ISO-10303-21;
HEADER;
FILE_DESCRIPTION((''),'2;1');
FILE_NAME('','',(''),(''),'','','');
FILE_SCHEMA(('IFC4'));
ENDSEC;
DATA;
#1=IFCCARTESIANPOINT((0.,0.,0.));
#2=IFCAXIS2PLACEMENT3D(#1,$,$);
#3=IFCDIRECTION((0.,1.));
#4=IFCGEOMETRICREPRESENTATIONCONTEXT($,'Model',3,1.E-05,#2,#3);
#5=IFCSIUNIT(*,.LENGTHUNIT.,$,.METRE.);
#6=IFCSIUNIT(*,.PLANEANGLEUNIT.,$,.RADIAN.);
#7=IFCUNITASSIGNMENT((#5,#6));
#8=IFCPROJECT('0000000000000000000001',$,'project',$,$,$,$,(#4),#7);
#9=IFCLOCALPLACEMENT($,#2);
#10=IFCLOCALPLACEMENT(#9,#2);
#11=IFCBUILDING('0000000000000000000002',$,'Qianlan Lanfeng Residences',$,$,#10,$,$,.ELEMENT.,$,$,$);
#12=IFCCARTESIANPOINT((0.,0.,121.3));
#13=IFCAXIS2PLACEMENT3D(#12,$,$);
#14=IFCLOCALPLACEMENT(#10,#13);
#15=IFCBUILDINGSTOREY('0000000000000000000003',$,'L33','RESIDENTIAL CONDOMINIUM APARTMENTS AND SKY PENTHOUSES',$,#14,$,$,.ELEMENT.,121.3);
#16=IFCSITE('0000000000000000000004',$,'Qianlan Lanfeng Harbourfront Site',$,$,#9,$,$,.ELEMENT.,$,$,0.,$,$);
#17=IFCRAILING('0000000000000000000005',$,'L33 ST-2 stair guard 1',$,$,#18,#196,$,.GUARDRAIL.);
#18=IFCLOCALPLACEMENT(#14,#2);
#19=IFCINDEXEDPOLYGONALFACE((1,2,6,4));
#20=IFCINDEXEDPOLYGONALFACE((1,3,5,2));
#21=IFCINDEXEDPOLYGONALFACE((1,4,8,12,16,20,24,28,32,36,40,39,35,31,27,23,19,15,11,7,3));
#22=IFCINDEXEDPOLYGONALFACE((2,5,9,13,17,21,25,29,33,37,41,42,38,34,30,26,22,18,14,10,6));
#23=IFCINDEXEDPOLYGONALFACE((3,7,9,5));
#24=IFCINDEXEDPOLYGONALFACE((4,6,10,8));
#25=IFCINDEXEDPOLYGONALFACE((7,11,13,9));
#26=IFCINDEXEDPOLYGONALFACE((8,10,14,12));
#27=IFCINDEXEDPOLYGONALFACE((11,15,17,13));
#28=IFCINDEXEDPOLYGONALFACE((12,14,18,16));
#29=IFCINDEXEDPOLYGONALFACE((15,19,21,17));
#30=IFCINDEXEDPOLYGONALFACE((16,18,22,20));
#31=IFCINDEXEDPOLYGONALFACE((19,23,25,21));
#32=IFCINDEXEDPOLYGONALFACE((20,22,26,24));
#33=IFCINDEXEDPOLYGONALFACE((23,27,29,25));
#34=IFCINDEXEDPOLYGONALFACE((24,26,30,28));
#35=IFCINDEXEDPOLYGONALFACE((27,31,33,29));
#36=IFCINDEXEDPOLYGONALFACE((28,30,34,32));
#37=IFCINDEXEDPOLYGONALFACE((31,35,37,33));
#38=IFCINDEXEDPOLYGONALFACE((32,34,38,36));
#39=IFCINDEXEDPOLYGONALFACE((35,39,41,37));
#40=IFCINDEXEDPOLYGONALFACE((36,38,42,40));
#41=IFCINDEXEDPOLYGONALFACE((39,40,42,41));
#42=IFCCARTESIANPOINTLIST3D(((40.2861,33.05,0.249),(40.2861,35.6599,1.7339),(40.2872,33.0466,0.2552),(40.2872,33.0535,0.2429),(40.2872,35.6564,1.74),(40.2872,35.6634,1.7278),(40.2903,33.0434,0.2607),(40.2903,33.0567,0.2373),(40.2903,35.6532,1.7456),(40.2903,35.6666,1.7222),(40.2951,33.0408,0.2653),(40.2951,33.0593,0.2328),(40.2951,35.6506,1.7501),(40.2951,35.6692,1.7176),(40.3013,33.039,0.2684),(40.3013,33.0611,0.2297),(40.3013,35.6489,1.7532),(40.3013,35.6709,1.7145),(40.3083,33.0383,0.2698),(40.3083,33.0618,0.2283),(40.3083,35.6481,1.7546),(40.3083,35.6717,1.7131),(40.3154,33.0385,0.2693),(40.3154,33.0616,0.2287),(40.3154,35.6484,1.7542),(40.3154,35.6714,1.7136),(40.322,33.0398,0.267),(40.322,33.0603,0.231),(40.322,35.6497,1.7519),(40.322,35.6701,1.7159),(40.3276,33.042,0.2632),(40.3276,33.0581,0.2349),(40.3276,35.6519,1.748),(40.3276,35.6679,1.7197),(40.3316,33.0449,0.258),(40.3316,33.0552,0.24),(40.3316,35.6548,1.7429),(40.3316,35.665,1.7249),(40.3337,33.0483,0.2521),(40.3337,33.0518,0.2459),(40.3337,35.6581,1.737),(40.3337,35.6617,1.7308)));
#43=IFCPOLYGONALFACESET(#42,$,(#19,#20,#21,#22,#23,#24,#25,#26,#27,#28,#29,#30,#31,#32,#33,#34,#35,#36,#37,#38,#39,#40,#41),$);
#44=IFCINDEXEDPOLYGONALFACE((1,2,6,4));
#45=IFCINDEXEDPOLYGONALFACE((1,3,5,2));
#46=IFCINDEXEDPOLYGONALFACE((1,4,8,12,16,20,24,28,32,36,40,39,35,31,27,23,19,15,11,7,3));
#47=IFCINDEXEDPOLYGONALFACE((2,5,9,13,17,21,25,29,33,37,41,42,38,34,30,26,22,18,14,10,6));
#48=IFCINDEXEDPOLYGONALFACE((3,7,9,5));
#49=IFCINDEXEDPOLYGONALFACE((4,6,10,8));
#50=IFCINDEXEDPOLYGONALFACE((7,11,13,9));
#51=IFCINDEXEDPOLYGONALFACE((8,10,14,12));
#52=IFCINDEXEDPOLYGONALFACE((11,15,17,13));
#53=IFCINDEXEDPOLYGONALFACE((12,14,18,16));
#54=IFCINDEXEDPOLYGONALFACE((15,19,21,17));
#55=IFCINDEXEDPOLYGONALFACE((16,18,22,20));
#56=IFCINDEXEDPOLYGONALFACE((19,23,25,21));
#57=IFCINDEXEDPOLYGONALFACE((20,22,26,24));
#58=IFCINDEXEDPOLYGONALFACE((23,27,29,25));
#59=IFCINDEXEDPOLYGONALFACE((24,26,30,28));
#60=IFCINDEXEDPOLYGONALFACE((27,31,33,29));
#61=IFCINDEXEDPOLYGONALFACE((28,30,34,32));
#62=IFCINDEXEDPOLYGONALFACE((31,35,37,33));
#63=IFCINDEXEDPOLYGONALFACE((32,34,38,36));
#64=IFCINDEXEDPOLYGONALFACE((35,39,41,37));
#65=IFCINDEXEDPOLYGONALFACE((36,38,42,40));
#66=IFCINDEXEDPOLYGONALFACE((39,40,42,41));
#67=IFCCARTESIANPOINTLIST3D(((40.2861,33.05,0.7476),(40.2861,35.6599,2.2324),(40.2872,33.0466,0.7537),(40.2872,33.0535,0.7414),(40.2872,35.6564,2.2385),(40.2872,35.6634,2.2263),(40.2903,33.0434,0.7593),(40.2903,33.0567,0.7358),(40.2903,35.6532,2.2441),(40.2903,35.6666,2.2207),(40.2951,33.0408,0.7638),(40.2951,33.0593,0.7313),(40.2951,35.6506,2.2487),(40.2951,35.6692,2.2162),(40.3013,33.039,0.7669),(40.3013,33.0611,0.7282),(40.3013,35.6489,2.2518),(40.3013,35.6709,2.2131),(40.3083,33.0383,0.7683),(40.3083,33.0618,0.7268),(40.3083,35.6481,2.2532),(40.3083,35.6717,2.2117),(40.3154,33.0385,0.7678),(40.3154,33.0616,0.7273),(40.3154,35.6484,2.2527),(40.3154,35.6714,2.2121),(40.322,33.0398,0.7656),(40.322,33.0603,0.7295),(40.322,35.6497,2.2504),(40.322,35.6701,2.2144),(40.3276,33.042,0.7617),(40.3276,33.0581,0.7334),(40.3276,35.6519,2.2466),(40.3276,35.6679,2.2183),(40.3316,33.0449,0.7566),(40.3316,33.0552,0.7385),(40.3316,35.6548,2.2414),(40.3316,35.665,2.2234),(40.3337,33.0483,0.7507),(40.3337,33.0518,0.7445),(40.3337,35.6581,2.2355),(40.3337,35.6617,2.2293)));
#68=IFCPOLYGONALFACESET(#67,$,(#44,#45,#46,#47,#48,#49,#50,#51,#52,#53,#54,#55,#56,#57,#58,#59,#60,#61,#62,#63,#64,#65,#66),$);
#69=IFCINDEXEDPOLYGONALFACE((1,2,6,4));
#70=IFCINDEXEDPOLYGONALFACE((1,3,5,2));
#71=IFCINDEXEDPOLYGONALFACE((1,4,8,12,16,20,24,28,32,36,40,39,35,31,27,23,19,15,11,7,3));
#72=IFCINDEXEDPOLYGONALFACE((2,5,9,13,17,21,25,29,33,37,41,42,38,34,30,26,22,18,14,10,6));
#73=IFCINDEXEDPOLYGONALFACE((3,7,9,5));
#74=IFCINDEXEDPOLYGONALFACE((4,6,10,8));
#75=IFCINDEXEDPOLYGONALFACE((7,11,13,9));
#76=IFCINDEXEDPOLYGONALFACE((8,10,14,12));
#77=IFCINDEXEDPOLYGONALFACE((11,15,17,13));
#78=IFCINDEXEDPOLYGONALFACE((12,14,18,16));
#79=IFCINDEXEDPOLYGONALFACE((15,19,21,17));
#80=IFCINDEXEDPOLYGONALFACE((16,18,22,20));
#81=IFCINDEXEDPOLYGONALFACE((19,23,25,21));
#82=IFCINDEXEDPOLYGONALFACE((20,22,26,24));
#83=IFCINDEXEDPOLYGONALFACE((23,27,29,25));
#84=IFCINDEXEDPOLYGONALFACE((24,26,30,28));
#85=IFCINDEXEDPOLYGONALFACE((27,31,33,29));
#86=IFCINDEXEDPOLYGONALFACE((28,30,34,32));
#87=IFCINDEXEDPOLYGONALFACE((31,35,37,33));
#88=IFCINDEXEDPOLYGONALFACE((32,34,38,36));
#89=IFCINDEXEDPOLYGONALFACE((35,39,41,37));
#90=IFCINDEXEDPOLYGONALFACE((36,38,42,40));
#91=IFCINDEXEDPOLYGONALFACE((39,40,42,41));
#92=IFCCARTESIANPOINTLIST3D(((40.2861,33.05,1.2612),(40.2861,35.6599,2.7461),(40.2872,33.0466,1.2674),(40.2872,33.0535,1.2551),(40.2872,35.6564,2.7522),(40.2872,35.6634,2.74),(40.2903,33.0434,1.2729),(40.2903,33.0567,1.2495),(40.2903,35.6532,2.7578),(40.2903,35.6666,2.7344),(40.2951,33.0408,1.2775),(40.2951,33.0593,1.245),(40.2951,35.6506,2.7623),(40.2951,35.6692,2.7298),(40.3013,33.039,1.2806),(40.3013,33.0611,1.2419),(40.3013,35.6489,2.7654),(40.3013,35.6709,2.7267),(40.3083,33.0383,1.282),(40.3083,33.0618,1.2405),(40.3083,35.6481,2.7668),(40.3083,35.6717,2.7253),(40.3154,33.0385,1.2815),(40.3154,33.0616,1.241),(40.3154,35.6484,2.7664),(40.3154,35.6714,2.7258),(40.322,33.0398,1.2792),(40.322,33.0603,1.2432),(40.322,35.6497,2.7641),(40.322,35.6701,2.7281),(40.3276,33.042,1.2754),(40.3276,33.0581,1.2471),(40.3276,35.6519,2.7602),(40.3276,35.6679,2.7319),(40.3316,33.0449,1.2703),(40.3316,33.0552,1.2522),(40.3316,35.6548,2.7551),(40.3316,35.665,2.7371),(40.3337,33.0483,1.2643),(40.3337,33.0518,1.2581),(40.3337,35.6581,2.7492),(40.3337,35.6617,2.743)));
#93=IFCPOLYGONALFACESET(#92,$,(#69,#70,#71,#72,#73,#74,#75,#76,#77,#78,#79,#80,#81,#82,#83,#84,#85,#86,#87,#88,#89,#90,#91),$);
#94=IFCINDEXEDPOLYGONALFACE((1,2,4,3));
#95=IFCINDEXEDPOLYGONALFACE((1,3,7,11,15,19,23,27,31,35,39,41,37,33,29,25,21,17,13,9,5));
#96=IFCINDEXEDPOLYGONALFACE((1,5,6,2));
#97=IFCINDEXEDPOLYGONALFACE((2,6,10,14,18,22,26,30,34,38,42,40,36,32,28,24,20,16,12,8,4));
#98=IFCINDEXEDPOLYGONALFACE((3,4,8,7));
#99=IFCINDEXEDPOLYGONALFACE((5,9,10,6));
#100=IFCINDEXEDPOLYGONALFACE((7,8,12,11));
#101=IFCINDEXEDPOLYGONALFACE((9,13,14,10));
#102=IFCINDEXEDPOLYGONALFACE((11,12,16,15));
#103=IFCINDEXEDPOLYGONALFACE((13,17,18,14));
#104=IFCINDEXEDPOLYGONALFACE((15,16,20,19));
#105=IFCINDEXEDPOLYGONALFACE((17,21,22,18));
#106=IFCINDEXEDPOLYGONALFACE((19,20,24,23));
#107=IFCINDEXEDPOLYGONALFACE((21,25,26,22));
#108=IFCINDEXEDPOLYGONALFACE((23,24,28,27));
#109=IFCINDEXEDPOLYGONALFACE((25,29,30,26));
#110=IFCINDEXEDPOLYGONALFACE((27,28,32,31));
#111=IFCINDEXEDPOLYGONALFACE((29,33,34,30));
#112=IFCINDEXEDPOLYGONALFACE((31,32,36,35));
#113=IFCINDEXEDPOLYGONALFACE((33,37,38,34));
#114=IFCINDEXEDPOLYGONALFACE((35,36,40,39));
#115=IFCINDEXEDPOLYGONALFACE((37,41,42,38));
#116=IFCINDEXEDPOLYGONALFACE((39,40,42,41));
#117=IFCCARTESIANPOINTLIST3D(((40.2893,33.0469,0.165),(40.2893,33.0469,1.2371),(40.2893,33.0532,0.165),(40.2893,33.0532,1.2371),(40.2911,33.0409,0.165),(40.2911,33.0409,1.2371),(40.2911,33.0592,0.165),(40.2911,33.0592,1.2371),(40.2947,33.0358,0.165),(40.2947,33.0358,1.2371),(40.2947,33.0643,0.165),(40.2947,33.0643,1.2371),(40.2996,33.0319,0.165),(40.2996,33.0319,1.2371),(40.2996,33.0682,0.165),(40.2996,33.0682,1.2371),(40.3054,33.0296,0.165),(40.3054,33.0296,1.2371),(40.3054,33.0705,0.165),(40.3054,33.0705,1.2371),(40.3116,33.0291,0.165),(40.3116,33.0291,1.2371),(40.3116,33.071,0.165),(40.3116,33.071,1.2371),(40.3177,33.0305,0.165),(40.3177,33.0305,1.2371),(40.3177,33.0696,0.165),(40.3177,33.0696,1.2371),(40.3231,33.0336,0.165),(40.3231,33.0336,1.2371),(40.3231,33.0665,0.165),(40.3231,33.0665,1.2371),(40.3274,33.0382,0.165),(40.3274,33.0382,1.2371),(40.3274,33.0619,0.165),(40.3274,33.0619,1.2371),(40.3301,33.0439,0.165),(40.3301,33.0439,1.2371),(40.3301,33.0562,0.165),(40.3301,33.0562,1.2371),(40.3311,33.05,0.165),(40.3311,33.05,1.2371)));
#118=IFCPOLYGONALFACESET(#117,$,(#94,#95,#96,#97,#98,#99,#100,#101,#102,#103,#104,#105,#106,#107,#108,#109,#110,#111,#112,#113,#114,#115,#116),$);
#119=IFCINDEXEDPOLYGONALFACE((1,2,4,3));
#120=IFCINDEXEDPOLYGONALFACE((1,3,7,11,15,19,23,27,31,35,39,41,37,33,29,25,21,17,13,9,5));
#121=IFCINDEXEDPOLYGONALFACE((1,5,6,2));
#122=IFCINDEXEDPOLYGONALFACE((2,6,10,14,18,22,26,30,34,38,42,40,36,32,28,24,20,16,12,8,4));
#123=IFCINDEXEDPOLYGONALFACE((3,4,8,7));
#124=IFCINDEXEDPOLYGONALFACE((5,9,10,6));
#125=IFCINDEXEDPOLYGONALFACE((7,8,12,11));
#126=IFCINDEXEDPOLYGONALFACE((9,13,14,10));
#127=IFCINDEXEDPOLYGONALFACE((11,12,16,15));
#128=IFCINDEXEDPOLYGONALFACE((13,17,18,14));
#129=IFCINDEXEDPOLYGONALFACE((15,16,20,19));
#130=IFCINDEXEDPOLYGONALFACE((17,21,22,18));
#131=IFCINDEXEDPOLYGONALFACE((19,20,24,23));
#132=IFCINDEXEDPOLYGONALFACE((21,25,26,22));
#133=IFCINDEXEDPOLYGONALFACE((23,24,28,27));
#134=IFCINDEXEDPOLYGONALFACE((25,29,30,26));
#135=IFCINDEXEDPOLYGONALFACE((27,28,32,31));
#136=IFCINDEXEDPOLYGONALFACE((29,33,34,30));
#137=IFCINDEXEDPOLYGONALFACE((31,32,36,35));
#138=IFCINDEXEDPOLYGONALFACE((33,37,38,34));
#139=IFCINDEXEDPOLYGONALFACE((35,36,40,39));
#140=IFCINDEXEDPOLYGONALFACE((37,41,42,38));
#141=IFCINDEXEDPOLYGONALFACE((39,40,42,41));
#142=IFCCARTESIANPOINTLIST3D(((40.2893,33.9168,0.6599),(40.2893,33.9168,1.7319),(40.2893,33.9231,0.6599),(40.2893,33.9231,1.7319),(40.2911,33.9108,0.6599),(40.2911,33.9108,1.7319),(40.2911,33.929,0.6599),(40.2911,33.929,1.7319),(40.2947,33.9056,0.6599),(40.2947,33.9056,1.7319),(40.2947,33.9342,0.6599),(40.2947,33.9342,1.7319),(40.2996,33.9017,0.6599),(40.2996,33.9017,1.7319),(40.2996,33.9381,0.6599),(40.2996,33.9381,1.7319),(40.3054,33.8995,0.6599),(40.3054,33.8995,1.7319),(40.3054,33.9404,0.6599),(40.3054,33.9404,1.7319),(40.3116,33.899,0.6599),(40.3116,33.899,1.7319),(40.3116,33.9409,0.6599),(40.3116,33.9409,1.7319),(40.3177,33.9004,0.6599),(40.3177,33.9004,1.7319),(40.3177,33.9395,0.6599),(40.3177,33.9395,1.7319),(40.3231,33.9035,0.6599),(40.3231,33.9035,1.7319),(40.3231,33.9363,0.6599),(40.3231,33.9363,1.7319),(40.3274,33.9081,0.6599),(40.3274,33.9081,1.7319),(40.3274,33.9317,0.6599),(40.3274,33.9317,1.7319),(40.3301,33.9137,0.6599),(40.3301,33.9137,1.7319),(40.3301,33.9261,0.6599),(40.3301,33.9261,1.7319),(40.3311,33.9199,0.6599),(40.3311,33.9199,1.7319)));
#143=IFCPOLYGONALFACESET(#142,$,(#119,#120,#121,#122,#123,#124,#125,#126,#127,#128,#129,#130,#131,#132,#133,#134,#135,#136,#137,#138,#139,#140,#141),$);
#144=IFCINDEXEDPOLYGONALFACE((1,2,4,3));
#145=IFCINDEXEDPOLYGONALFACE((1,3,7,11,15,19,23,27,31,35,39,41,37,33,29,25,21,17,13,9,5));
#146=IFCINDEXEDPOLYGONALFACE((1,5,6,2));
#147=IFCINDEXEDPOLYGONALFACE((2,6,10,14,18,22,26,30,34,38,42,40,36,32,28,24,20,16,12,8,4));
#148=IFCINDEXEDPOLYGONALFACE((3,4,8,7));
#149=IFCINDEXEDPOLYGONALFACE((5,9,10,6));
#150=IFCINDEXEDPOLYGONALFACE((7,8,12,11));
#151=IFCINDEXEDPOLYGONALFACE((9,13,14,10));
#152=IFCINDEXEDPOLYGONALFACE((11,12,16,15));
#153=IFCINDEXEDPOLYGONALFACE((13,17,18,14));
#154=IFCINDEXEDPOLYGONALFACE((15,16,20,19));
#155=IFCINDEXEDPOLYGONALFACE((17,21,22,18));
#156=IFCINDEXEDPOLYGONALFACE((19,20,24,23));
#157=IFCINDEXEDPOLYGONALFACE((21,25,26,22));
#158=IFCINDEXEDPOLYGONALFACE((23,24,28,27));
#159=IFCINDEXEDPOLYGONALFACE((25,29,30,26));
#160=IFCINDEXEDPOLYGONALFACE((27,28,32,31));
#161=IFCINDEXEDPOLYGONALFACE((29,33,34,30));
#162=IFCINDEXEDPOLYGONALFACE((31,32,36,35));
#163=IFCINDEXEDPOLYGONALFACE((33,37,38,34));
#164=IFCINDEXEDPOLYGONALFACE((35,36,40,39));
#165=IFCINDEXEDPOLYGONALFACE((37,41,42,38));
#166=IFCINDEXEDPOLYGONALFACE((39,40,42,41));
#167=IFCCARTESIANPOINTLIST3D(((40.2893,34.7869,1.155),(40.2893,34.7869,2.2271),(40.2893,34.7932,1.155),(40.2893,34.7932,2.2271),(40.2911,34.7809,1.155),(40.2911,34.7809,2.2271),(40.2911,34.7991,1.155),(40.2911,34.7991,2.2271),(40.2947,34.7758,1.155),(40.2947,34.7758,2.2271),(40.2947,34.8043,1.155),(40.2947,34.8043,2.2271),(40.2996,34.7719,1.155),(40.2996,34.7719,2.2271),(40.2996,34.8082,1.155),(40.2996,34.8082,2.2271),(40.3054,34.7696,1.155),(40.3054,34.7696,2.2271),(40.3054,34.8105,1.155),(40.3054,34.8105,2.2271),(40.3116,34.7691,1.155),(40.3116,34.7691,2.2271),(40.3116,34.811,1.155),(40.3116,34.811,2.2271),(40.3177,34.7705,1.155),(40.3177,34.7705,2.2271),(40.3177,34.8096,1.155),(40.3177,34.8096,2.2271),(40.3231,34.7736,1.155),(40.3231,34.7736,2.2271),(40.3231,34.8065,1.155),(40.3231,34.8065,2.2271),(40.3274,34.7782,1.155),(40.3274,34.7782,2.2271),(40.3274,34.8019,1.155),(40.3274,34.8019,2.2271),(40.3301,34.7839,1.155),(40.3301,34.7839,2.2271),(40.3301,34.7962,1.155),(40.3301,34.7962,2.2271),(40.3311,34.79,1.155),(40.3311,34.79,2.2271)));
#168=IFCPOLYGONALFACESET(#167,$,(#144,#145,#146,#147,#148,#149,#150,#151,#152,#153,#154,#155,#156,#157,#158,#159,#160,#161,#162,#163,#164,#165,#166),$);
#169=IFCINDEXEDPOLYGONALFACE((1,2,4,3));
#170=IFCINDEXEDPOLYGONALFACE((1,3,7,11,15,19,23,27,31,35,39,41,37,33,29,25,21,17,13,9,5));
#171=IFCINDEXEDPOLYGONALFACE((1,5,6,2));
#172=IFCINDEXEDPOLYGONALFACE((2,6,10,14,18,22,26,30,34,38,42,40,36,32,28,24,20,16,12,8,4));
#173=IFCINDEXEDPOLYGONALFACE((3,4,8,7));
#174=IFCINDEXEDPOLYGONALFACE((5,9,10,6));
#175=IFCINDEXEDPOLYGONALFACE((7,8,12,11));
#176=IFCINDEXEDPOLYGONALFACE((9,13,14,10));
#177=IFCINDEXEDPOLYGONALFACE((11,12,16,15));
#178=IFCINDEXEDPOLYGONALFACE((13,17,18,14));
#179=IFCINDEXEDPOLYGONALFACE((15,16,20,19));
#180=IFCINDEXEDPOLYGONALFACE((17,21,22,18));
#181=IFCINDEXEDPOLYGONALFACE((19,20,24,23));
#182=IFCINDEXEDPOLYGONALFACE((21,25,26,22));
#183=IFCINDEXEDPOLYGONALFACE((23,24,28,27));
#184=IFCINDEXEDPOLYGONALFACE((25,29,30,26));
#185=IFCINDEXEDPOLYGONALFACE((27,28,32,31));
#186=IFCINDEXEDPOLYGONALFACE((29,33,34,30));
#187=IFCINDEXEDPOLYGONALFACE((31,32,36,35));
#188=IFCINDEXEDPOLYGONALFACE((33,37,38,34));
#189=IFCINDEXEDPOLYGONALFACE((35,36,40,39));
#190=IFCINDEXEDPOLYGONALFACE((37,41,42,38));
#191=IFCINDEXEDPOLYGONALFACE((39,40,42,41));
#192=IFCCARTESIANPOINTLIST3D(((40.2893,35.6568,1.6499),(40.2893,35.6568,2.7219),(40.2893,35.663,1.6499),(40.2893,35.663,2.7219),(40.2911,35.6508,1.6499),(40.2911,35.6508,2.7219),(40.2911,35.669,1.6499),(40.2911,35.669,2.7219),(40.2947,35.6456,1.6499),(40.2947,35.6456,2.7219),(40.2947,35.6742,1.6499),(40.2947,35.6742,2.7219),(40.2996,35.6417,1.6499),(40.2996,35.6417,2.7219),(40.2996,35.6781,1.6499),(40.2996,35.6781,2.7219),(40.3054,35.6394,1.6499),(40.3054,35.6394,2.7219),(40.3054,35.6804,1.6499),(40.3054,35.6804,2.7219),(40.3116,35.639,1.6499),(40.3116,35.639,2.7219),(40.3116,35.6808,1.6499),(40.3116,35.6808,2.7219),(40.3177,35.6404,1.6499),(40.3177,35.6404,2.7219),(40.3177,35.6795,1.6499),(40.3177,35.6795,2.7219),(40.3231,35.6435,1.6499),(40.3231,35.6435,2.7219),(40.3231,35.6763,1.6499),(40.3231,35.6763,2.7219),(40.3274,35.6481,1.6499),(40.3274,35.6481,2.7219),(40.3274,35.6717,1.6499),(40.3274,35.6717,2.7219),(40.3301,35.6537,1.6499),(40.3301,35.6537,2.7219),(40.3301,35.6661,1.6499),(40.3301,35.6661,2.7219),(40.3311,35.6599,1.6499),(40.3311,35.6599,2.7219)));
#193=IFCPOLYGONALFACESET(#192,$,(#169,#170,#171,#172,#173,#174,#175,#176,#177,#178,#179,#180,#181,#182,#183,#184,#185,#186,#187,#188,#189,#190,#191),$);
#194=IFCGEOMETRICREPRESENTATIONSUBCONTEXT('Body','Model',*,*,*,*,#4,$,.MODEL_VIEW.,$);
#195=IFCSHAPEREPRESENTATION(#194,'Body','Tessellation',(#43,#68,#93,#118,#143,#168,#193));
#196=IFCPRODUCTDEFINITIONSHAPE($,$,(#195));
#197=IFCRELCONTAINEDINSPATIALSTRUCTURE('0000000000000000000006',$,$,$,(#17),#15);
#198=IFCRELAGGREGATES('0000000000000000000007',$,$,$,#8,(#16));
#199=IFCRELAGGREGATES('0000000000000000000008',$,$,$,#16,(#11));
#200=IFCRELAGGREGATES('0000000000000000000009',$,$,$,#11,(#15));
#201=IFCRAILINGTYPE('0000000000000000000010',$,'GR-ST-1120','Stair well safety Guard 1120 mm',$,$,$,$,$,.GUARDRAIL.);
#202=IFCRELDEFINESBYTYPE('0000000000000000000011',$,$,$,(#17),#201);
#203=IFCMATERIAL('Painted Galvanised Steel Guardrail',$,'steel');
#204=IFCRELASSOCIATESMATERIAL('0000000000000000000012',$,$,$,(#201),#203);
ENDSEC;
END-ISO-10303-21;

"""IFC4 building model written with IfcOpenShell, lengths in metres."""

from ifc_helpers import new_model, si_unit, direction, frame, origin, origin_2d, place, context, subcontext, project, spatial, circle, extrude, material, type_object, element, save


model = new_model("IFC4")

# Units and contexts
model_context = context("Model", 3, precision=1e-05, world=origin(), true_north=direction((0.0, 1.0)))
body_context = subcontext(model_context, "Body", "Model", "MODEL_VIEW")
ifc_project = project(units=[si_unit("LENGTHUNIT", "METRE"), si_unit("PLANEANGLEUNIT", "RADIAN")], contexts=[model_context])

# Site, building, storey
site_placement = place(None, origin())
site = spatial("IfcSite", under=ifc_project, at=site_placement, Name="Qianlan Lanfeng Harbourfront Site", CompositionType="ELEMENT", RefElevation=0.0)
building_placement = place(site_placement, origin())
building = spatial("IfcBuilding", under=site, at=building_placement, Name="Qianlan Lanfeng Residences", CompositionType="ELEMENT")
storey_placement = place(building_placement, frame((0.0, 0.0, 121.3)))
storey = spatial("IfcBuildingStorey", under=building, at=storey_placement, Name="L33", Description="RESIDENTIAL CONDOMINIUM APARTMENTS AND SKY PENTHOUSES", CompositionType="ELEMENT", Elevation=121.3)

# Railing
ifc_material_1 = material(Name="Painted Galvanised Steel Guardrail", Category="steel")
railing_type_1 = type_object("IfcRailingType", Name="GR-ST-1120", Description="Stair well safety Guard 1120 mm", PredefinedType="GUARDRAIL", material=ifc_material_1)
railing_1_placement = place(storey_placement, frame((40.3101, 33.05, 0.165)))
element("IfcRailing", 1, at=railing_1_placement, inside=storey, type_object=railing_type_1, Name="L33 ST-2 stair guard 1", PredefinedType="GUARDRAIL", context=body_context, shape_type="SweptSolid", body=[
    extrude(circle(Radius=0.0239, at=origin_2d()), frame((0.0, 0.0, 0.084), z_axis=(0.0, 0.869172, 0.494509), x_axis=(-1.0, 0.0, 0.0)), (0.0, 0.0, 1.0), 3.0027),
    extrude(circle(Radius=0.0239, at=origin_2d()), frame((0.0, 0.0, 0.5825), z_axis=(0.0, 0.869172, 0.494509), x_axis=(-1.0, 0.0, 0.0)), (0.0, 0.0, 1.0), 3.0027),
    extrude(circle(Radius=0.0239, at=origin_2d()), frame((0.0, 0.0, 1.0962), z_axis=(0.0, 0.869172, 0.494509), x_axis=(-1.0, 0.0, 0.0)), (0.0, 0.0, 1.0), 3.0027),
    extrude(circle(Radius=0.021, at=origin_2d()), origin(), (0.0, 0.0, 1.0), 1.072),
    extrude(circle(Radius=0.021, at=origin_2d()), frame((0.0, 0.8699, 0.4949)), (0.0, 0.0, 1.0), 1.072),
    extrude(circle(Radius=0.021, at=origin_2d()), frame((0.0, 1.74, 0.99)), (0.0, 0.0, 1.0), 1.072),
    extrude(circle(Radius=0.021, at=origin_2d()), frame((0.0, 2.6099, 1.4849)), (0.0, 0.0, 1.0), 1.072),
])

save(model, "model.ifc")
